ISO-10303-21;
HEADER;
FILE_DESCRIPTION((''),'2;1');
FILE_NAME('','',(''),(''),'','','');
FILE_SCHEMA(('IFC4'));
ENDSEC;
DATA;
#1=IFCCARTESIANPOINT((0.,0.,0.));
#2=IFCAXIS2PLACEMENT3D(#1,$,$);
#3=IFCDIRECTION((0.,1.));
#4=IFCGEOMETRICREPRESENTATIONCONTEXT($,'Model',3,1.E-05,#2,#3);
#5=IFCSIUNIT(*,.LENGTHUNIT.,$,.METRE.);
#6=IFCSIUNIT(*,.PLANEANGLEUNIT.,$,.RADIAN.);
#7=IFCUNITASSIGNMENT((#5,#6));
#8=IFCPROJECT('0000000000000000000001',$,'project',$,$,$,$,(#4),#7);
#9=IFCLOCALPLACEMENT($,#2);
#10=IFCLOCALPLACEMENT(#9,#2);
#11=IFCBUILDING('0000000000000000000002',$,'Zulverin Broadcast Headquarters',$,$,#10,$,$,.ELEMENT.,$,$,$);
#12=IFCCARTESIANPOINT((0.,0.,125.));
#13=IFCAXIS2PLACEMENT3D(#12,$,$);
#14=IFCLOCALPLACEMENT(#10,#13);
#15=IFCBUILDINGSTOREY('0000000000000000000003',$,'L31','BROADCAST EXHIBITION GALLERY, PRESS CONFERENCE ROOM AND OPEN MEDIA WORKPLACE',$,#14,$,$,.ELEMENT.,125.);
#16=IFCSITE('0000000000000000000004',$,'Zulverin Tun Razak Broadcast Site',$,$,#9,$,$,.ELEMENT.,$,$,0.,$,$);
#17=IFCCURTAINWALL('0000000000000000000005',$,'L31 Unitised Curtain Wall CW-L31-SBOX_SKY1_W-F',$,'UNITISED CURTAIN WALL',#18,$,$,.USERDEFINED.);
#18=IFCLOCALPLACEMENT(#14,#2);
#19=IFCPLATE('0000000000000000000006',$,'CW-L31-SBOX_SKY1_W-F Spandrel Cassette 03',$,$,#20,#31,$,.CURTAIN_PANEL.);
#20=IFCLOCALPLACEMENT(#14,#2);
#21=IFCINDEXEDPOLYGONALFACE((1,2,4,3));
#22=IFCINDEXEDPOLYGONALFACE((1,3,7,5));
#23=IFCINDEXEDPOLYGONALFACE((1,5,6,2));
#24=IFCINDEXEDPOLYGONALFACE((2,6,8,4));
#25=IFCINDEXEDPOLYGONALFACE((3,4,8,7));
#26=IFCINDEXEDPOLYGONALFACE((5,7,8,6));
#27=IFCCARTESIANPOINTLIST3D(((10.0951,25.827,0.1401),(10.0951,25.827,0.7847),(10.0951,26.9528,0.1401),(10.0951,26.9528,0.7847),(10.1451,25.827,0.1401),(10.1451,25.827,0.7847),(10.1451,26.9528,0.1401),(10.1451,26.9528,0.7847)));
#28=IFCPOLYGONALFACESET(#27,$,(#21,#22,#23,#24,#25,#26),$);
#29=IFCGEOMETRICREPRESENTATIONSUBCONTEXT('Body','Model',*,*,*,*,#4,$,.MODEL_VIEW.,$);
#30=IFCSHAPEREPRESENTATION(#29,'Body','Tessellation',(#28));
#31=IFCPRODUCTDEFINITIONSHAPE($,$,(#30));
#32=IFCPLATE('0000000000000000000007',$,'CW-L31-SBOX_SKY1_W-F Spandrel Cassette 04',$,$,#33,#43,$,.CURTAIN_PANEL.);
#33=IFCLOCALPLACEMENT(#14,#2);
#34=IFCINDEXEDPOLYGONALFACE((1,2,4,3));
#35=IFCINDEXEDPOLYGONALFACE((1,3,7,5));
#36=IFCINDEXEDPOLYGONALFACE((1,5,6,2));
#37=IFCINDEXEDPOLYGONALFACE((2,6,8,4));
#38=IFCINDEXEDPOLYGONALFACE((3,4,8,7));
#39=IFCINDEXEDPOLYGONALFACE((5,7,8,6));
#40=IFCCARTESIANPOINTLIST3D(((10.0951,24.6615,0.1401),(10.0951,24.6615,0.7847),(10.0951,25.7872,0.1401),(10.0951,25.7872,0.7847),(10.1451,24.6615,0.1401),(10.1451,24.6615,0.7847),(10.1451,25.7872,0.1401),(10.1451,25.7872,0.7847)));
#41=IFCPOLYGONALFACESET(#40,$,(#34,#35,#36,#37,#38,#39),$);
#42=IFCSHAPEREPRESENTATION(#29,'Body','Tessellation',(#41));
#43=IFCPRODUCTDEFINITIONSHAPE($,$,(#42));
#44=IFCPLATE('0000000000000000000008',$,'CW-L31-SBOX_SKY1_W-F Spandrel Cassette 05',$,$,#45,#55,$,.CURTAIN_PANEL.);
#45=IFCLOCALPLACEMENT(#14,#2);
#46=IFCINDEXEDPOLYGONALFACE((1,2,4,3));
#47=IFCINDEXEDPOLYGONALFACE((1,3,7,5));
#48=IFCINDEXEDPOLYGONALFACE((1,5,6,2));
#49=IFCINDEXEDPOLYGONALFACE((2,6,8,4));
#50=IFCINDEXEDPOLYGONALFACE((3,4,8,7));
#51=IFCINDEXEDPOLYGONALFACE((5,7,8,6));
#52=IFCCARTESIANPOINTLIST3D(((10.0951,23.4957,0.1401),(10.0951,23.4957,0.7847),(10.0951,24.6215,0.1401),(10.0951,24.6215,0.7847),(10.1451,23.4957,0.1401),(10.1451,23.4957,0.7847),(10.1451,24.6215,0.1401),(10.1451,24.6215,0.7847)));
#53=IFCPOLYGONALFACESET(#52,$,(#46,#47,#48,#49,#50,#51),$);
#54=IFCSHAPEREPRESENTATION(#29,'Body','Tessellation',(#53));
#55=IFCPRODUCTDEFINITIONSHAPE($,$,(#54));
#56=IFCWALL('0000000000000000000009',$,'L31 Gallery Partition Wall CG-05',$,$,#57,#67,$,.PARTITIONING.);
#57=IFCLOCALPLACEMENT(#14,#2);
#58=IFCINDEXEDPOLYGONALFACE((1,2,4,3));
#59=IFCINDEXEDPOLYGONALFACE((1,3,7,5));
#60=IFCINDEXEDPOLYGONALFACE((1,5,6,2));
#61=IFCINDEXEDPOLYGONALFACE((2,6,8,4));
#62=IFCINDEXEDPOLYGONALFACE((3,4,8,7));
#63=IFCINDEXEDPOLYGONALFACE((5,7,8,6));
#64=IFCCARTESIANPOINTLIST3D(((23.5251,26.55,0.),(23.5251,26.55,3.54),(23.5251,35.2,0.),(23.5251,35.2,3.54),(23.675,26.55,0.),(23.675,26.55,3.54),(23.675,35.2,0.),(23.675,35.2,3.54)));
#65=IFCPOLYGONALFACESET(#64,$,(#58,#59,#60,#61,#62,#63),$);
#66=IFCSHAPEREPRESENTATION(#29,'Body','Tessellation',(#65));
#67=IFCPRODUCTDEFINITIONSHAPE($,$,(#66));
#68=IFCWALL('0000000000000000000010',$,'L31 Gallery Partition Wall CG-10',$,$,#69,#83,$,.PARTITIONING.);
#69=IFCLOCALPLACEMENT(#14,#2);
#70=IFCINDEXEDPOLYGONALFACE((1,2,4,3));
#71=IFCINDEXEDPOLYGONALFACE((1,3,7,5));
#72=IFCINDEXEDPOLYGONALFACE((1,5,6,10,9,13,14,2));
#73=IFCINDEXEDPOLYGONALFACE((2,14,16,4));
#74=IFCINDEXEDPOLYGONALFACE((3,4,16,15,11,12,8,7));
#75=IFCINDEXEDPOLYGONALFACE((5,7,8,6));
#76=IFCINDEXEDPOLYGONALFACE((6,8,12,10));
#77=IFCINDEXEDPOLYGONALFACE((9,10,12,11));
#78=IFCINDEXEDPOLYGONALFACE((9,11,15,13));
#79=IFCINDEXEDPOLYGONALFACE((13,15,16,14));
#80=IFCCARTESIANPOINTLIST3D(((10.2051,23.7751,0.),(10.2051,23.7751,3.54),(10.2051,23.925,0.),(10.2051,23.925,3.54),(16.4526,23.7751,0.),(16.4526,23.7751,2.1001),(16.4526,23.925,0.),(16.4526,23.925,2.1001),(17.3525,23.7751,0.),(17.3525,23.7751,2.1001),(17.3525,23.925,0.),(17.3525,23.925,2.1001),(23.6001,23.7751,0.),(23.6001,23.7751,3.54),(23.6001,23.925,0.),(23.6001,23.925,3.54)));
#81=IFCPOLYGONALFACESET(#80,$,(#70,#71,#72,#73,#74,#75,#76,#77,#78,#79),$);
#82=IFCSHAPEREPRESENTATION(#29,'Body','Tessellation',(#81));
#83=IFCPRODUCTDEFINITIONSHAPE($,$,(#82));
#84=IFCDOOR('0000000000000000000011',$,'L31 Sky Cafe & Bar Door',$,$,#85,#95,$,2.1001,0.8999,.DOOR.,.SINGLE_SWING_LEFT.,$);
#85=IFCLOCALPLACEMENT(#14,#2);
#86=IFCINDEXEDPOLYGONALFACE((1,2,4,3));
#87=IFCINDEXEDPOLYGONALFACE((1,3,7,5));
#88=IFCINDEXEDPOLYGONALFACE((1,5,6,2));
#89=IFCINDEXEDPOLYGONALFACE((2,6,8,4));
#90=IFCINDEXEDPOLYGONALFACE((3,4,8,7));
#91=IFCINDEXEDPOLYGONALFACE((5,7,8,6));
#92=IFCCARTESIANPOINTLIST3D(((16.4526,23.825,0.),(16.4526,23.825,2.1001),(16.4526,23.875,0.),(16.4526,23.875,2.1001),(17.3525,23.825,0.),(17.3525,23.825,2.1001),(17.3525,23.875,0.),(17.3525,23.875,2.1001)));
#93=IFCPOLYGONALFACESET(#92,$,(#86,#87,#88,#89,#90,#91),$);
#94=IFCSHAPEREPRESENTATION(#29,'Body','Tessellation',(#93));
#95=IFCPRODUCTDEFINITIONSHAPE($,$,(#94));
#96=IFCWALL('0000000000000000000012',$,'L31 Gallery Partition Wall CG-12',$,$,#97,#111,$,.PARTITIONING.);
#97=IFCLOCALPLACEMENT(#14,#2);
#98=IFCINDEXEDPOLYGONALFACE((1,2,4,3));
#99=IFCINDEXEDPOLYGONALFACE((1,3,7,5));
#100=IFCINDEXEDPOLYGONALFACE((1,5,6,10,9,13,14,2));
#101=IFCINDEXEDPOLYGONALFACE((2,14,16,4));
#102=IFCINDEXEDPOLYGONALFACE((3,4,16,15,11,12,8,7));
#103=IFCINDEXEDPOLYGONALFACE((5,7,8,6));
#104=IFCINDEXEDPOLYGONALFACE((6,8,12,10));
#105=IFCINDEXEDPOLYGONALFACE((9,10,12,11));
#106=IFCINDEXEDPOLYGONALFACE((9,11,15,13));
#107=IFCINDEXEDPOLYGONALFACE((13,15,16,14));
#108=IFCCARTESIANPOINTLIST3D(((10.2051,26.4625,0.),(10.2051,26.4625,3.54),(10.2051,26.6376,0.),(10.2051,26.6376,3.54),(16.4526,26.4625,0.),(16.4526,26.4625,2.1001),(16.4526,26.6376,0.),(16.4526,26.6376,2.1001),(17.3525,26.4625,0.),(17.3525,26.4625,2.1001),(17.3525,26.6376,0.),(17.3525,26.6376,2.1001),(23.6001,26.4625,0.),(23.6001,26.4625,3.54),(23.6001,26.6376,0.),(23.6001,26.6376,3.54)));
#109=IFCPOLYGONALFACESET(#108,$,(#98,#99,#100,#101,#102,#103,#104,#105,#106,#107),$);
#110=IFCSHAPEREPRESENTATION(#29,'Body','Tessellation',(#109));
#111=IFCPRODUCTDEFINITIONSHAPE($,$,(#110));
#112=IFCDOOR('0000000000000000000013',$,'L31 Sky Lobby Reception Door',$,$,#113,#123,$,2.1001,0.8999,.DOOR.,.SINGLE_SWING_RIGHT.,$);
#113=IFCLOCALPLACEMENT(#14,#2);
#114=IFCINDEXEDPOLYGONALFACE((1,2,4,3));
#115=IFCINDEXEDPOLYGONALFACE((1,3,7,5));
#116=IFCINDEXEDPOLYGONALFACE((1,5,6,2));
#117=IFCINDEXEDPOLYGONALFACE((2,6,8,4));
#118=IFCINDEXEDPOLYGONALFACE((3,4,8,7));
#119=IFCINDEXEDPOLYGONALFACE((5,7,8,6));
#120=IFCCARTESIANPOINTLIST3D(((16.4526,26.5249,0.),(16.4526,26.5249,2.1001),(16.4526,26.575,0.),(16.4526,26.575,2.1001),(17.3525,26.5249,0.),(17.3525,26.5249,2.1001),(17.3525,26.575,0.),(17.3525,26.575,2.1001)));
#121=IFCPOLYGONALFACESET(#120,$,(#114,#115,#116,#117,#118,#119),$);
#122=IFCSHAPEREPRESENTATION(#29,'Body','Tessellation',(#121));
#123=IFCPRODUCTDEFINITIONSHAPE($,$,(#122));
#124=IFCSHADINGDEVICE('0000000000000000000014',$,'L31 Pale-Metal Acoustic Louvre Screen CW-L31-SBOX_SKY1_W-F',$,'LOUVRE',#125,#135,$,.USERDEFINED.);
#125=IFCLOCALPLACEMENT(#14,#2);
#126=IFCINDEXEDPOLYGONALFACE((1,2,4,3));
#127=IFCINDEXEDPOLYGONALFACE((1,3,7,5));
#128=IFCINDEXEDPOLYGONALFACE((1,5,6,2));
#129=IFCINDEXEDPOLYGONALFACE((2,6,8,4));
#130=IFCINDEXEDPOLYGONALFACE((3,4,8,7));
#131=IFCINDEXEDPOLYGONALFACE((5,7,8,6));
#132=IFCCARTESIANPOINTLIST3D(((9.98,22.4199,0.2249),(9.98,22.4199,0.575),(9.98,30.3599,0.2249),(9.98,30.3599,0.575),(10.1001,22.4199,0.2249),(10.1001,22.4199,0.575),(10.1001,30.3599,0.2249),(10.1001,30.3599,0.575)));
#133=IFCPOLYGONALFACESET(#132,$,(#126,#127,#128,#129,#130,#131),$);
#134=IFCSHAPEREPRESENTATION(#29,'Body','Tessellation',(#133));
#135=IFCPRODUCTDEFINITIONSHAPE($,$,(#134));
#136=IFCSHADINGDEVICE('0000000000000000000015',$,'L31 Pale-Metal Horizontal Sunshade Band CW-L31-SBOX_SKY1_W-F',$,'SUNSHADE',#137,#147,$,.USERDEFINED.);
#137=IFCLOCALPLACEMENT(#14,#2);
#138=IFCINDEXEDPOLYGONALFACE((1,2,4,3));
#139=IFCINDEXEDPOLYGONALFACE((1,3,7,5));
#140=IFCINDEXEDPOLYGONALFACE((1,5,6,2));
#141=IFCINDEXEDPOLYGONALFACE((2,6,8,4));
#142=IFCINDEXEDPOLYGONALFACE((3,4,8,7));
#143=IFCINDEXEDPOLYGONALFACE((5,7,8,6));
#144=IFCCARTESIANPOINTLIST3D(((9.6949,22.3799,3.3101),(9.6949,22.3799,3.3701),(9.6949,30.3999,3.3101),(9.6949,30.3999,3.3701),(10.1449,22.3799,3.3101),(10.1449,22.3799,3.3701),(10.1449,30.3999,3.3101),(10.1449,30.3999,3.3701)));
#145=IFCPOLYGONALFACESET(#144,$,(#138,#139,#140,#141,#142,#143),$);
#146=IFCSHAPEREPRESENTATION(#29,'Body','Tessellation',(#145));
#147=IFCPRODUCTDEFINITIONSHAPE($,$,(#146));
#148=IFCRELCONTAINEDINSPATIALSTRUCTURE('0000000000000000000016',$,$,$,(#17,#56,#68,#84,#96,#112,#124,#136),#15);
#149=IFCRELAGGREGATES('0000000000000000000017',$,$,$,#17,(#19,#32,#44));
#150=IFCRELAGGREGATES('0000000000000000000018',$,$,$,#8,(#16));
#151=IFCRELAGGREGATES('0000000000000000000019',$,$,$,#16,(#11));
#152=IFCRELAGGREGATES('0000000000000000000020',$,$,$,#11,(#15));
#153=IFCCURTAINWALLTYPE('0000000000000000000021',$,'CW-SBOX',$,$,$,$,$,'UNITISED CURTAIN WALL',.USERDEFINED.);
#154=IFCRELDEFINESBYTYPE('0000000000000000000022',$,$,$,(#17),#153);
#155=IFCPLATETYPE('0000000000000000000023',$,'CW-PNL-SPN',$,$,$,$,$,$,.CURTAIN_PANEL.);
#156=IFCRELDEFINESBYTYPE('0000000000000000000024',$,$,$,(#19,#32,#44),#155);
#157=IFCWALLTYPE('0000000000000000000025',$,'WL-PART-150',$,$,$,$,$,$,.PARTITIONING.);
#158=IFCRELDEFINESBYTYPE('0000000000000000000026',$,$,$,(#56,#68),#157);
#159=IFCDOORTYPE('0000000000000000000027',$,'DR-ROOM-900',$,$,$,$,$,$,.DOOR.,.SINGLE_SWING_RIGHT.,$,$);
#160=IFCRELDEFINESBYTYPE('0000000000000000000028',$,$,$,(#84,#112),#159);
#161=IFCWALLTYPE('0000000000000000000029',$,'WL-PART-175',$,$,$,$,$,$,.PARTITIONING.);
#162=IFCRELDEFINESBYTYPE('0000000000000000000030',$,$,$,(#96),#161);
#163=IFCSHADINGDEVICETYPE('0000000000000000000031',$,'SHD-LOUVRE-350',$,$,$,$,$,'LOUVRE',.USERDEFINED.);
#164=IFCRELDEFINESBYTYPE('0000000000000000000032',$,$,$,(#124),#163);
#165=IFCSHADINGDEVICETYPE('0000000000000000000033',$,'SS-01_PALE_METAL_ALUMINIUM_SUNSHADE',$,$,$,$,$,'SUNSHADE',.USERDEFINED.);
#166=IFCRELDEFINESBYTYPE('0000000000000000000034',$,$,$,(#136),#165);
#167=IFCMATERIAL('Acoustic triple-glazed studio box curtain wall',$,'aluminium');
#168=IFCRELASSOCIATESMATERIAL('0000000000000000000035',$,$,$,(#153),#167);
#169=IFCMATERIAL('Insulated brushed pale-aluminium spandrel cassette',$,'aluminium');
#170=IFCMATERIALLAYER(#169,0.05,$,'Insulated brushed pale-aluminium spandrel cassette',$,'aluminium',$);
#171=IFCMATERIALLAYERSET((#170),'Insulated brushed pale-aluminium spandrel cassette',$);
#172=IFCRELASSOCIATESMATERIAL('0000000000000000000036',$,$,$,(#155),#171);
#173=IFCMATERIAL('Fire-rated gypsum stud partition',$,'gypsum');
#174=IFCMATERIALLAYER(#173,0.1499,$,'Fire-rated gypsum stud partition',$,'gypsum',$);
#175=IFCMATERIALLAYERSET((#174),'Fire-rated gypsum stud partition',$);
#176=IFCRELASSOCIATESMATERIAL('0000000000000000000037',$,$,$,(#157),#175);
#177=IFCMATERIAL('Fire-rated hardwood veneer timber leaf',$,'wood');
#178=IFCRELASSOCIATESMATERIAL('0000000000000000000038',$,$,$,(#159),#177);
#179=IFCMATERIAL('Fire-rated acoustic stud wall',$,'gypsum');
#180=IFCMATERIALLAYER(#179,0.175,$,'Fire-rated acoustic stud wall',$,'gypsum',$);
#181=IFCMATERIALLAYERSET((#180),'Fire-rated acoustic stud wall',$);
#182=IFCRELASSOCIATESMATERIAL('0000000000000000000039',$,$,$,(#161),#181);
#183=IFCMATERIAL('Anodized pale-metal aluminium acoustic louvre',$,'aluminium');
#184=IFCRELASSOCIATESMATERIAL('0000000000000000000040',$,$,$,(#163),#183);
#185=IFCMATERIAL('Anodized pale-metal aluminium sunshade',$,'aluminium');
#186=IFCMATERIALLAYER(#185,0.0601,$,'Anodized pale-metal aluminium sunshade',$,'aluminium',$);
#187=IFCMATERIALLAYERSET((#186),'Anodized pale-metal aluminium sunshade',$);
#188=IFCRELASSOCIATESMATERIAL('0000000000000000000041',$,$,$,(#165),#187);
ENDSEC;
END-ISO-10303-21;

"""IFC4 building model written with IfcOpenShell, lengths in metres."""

from ifc_helpers import new_model, si_unit, direction, frame, frame_2d, origin, origin_2d, place, context, subcontext, project, spatial, rectangle, extrude, material, layer, layer_set, type_object, element, fill, aggregate, save


model = new_model("IFC4")

# Units and contexts
model_context = context("Model", 3, precision=1e-05, world=origin(), true_north=direction((0.0, 1.0)))
body_context = subcontext(model_context, "Body", "Model", "MODEL_VIEW")
ifc_project = project(units=[si_unit("LENGTHUNIT", "METRE"), si_unit("PLANEANGLEUNIT", "RADIAN")], contexts=[model_context])

# Site, building, storey
site_placement = place(None, origin())
site = spatial("IfcSite", under=ifc_project, at=site_placement, Name="Zulverin Tun Razak Broadcast Site", CompositionType="ELEMENT", RefElevation=0.0)
building_placement = place(site_placement, origin())
building = spatial("IfcBuilding", under=site, at=building_placement, Name="Zulverin Broadcast Headquarters", CompositionType="ELEMENT")
storey_placement = place(building_placement, frame((0.0, 0.0, 125.0)))
storey = spatial("IfcBuildingStorey", under=building, at=storey_placement, Name="L31", Description="BROADCAST EXHIBITION GALLERY, PRESS CONFERENCE ROOM AND OPEN MEDIA WORKPLACE", CompositionType="ELEMENT", Elevation=125.0)

# Curtain wall, plates
ifc_material_1 = material(Name="Acoustic triple-glazed studio box curtain wall", Category="aluminium")
curtain_wall_type = type_object("IfcCurtainWallType", Name="CW-SBOX", ElementType="UNITISED CURTAIN WALL", PredefinedType="USERDEFINED", material=ifc_material_1)
curtain_wall_placement = place(storey_placement, origin())
curtain_wall = element("IfcCurtainWall", 1, at=curtain_wall_placement, inside=storey, type_object=curtain_wall_type, Name="L31 Unitised Curtain Wall CW-L31-SBOX_SKY1_W-F", ObjectType="UNITISED CURTAIN WALL", PredefinedType="USERDEFINED")
ifc_material_2 = material(Name="Insulated brushed pale-aluminium spandrel cassette", Category="aluminium")
ifc_layer_1 = layer(ifc_material_2, 0.05, Name="Insulated brushed pale-aluminium spandrel cassette", Category="aluminium")
ifc_layer_set_1 = layer_set([ifc_layer_1], Name="Insulated brushed pale-aluminium spandrel cassette")
plate_type_1 = type_object("IfcPlateType", Name="CW-PNL-SPN", PredefinedType="CURTAIN_PANEL", material=ifc_layer_set_1)
plate_1_placement = place(storey_placement, frame((10.1201, 26.3899, 0.1401), z_axis=(0.0, 0.0, 1.0), x_axis=(0.0, -1.0, 0.0)))
plate_1 = element("IfcPlate", 2, at=plate_1_placement, type_object=plate_type_1, Name="CW-L31-SBOX_SKY1_W-F Spandrel Cassette 03", PredefinedType="CURTAIN_PANEL", context=body_context, shape_type="SweptSolid", body=[
    extrude(rectangle(XDim=1.1257, YDim=0.05, at=origin_2d()), origin(), (0.0, 0.0, 1.0), 0.6445),
])
plate_2_placement = place(storey_placement, frame((10.1201, 25.2244, 0.1401), z_axis=(0.0, 0.0, 1.0), x_axis=(0.0, -1.0, 0.0)))
plate_2 = element("IfcPlate", 3, at=plate_2_placement, type_object=plate_type_1, Name="CW-L31-SBOX_SKY1_W-F Spandrel Cassette 04", PredefinedType="CURTAIN_PANEL", context=body_context, shape_type="SweptSolid", body=[
    extrude(rectangle(XDim=1.1257, YDim=0.05, at=origin_2d()), origin(), (0.0, 0.0, 1.0), 0.6445),
])
plate_3_placement = place(storey_placement, frame((10.1201, 24.0586, 0.1401), z_axis=(0.0, 0.0, 1.0), x_axis=(0.0, -1.0, 0.0)))
plate_3 = element("IfcPlate", 4, at=plate_3_placement, type_object=plate_type_1, Name="CW-L31-SBOX_SKY1_W-F Spandrel Cassette 05", PredefinedType="CURTAIN_PANEL", context=body_context, shape_type="SweptSolid", body=[
    extrude(rectangle(XDim=1.1257, YDim=0.05, at=origin_2d()), origin(), (0.0, 0.0, 1.0), 0.6445),
])
aggregate(curtain_wall, [plate_1, plate_2, plate_3])

# Wall
ifc_material_3 = material(Name="Fire-rated gypsum stud partition", Category="gypsum")
ifc_layer_2 = layer(ifc_material_3, 0.1499, Name="Fire-rated gypsum stud partition", Category="gypsum")
ifc_layer_set_2 = layer_set([ifc_layer_2], Name="Fire-rated gypsum stud partition")
wall_type_1 = type_object("IfcWallType", Name="WL-PART-150", PredefinedType="PARTITIONING", material=ifc_layer_set_2)
wall_1_placement = place(storey_placement, frame((23.6001, 26.55, 0.0), z_axis=(0.0, 0.0, 1.0), x_axis=(0.0, 1.0, 0.0)))
element("IfcWall", 5, at=wall_1_placement, inside=storey, type_object=wall_type_1, Name="L31 Gallery Partition Wall CG-05", PredefinedType="PARTITIONING", context=body_context, shape_type="SweptSolid", body=[
    extrude(rectangle(XDim=8.6499, YDim=0.1499, at=frame_2d((4.325, 0.0))), origin(), (0.0, 0.0, 1.0), 3.54),
])

# Walls, openings, doors
wall_2_placement = place(storey_placement, frame((10.2051, 23.8501, 0.0), z_axis=(0.0, 0.0, 1.0), x_axis=(1.0, 0.0, 0.0)))
wall_2 = element("IfcWall", 6, at=wall_2_placement, inside=storey, type_object=wall_type_1, Name="L31 Gallery Partition Wall CG-10", PredefinedType="PARTITIONING", context=body_context, shape_type="SweptSolid", body=[
    extrude(rectangle(XDim=13.395, YDim=0.1499, at=frame_2d((6.6975, 0.0))), origin(), (0.0, 0.0, 1.0), 3.54),
])
opening_1_placement = place(wall_2_placement, frame((6.2476, 0.0, 0.0)))
opening_1 = element("IfcOpeningElement", 7, at=opening_1_placement, cuts=wall_2, PredefinedType="OPENING", context=body_context, shape_type="SweptSolid", body=[
    extrude(rectangle(XDim=0.8999, YDim=2.1001, at=frame_2d((0.45, 1.05))), frame((0.0, 0.085, 0.0), z_axis=(0.0, -1.0, 0.0), x_axis=(1.0, 0.0, 0.0)), (0.0, 0.0, 1.0), 0.1699),
])
ifc_material_4 = material(Name="Fire-rated hardwood veneer timber leaf", Category="wood")
door_type = type_object("IfcDoorType", Name="DR-ROOM-900", OperationType="SINGLE_SWING_RIGHT", PredefinedType="DOOR", material=ifc_material_4)
door_1_placement = place(opening_1_placement, origin())
door_1 = element("IfcDoor", 8, at=door_1_placement, inside=storey, type_object=door_type, Name="L31 Sky Cafe & Bar Door", OperationType="SINGLE_SWING_LEFT", OverallHeight=2.1001, OverallWidth=0.8999, PredefinedType="DOOR", context=body_context, shape_type="SweptSolid", body=[
    extrude(rectangle(XDim=0.8999, YDim=2.1001, at=frame_2d((0.45, 1.05))), frame((0.0, 0.0249, 0.0), z_axis=(0.0, -1.0, 0.0), x_axis=(1.0, 0.0, 0.0)), (0.0, 0.0, 1.0), 0.05),
])
fill(opening_1, door_1)
ifc_material_5 = material(Name="Fire-rated acoustic stud wall", Category="gypsum")
ifc_layer_3 = layer(ifc_material_5, 0.175, Name="Fire-rated acoustic stud wall", Category="gypsum")
ifc_layer_set_3 = layer_set([ifc_layer_3], Name="Fire-rated acoustic stud wall")
wall_type_2 = type_object("IfcWallType", Name="WL-PART-175", PredefinedType="PARTITIONING", material=ifc_layer_set_3)
wall_3_placement = place(storey_placement, frame((10.2051, 26.55, 0.0), z_axis=(0.0, 0.0, 1.0), x_axis=(1.0, 0.0, 0.0)))
wall_3 = element("IfcWall", 9, at=wall_3_placement, inside=storey, type_object=wall_type_2, Name="L31 Gallery Partition Wall CG-12", PredefinedType="PARTITIONING", context=body_context, shape_type="SweptSolid", body=[
    extrude(rectangle(XDim=13.395, YDim=0.175, at=frame_2d((6.6975, 0.0))), origin(), (0.0, 0.0, 1.0), 3.54),
])
opening_2_placement = place(wall_3_placement, frame((6.2476, 0.0, 0.0)))
opening_2 = element("IfcOpeningElement", 10, at=opening_2_placement, cuts=wall_3, PredefinedType="OPENING", context=body_context, shape_type="SweptSolid", body=[
    extrude(rectangle(XDim=0.8999, YDim=2.1001, at=frame_2d((0.45, 1.05))), frame((0.0, 0.0974, 0.0), z_axis=(0.0, -1.0, 0.0), x_axis=(1.0, 0.0, 0.0)), (0.0, 0.0, 1.0), 0.1951),
])
door_2_placement = place(opening_2_placement, origin())
door_2 = element("IfcDoor", 11, at=door_2_placement, inside=storey, type_object=door_type, Name="L31 Sky Lobby Reception Door", OperationType="SINGLE_SWING_RIGHT", OverallHeight=2.1001, OverallWidth=0.8999, PredefinedType="DOOR", context=body_context, shape_type="SweptSolid", body=[
    extrude(rectangle(XDim=0.8999, YDim=2.1001, at=frame_2d((0.45, 1.05))), frame((0.0, 0.0249, 0.0), z_axis=(0.0, -1.0, 0.0), x_axis=(1.0, 0.0, 0.0)), (0.0, 0.0, 1.0), 0.05),
])
fill(opening_2, door_2)

# Shading devices
ifc_material_6 = material(Name="Anodized pale-metal aluminium acoustic louvre", Category="aluminium")
shading_device_type_1 = type_object("IfcShadingDeviceType", Name="SHD-LOUVRE-350", ElementType="LOUVRE", PredefinedType="USERDEFINED", material=ifc_material_6)
shading_device_1_placement = place(storey_placement, frame((10.04, 26.3899, 0.2249), z_axis=(0.0, 0.0, 1.0), x_axis=(0.0, -1.0, 0.0)))
element("IfcShadingDevice", 12, at=shading_device_1_placement, inside=storey, type_object=shading_device_type_1, Name="L31 Pale-Metal Acoustic Louvre Screen CW-L31-SBOX_SKY1_W-F", ObjectType="LOUVRE", PredefinedType="USERDEFINED", context=body_context, shape_type="SweptSolid", body=[
    extrude(rectangle(XDim=7.9399, YDim=0.1201, at=origin_2d()), origin(), (0.0, 0.0, 1.0), 0.3501),
])
ifc_material_7 = material(Name="Anodized pale-metal aluminium sunshade", Category="aluminium")
ifc_layer_4 = layer(ifc_material_7, 0.0601, Name="Anodized pale-metal aluminium sunshade", Category="aluminium")
ifc_layer_set_4 = layer_set([ifc_layer_4], Name="Anodized pale-metal aluminium sunshade")
shading_device_type_2 = type_object("IfcShadingDeviceType", Name="SS-01_PALE_METAL_ALUMINIUM_SUNSHADE", ElementType="SUNSHADE", PredefinedType="USERDEFINED", material=ifc_layer_set_4)
shading_device_2_placement = place(storey_placement, frame((9.9199, 26.3899, 3.3101), z_axis=(0.0, 0.0, 1.0), x_axis=(0.0, -1.0, 0.0)))
element("IfcShadingDevice", 13, at=shading_device_2_placement, inside=storey, type_object=shading_device_type_2, Name="L31 Pale-Metal Horizontal Sunshade Band CW-L31-SBOX_SKY1_W-F", ObjectType="SUNSHADE", PredefinedType="USERDEFINED", context=body_context, shape_type="SweptSolid", body=[
    extrude(rectangle(XDim=8.02, YDim=0.45, at=origin_2d()), origin(), (0.0, 0.0, 1.0), 0.0601),
])

save(model, "model.ifc")
